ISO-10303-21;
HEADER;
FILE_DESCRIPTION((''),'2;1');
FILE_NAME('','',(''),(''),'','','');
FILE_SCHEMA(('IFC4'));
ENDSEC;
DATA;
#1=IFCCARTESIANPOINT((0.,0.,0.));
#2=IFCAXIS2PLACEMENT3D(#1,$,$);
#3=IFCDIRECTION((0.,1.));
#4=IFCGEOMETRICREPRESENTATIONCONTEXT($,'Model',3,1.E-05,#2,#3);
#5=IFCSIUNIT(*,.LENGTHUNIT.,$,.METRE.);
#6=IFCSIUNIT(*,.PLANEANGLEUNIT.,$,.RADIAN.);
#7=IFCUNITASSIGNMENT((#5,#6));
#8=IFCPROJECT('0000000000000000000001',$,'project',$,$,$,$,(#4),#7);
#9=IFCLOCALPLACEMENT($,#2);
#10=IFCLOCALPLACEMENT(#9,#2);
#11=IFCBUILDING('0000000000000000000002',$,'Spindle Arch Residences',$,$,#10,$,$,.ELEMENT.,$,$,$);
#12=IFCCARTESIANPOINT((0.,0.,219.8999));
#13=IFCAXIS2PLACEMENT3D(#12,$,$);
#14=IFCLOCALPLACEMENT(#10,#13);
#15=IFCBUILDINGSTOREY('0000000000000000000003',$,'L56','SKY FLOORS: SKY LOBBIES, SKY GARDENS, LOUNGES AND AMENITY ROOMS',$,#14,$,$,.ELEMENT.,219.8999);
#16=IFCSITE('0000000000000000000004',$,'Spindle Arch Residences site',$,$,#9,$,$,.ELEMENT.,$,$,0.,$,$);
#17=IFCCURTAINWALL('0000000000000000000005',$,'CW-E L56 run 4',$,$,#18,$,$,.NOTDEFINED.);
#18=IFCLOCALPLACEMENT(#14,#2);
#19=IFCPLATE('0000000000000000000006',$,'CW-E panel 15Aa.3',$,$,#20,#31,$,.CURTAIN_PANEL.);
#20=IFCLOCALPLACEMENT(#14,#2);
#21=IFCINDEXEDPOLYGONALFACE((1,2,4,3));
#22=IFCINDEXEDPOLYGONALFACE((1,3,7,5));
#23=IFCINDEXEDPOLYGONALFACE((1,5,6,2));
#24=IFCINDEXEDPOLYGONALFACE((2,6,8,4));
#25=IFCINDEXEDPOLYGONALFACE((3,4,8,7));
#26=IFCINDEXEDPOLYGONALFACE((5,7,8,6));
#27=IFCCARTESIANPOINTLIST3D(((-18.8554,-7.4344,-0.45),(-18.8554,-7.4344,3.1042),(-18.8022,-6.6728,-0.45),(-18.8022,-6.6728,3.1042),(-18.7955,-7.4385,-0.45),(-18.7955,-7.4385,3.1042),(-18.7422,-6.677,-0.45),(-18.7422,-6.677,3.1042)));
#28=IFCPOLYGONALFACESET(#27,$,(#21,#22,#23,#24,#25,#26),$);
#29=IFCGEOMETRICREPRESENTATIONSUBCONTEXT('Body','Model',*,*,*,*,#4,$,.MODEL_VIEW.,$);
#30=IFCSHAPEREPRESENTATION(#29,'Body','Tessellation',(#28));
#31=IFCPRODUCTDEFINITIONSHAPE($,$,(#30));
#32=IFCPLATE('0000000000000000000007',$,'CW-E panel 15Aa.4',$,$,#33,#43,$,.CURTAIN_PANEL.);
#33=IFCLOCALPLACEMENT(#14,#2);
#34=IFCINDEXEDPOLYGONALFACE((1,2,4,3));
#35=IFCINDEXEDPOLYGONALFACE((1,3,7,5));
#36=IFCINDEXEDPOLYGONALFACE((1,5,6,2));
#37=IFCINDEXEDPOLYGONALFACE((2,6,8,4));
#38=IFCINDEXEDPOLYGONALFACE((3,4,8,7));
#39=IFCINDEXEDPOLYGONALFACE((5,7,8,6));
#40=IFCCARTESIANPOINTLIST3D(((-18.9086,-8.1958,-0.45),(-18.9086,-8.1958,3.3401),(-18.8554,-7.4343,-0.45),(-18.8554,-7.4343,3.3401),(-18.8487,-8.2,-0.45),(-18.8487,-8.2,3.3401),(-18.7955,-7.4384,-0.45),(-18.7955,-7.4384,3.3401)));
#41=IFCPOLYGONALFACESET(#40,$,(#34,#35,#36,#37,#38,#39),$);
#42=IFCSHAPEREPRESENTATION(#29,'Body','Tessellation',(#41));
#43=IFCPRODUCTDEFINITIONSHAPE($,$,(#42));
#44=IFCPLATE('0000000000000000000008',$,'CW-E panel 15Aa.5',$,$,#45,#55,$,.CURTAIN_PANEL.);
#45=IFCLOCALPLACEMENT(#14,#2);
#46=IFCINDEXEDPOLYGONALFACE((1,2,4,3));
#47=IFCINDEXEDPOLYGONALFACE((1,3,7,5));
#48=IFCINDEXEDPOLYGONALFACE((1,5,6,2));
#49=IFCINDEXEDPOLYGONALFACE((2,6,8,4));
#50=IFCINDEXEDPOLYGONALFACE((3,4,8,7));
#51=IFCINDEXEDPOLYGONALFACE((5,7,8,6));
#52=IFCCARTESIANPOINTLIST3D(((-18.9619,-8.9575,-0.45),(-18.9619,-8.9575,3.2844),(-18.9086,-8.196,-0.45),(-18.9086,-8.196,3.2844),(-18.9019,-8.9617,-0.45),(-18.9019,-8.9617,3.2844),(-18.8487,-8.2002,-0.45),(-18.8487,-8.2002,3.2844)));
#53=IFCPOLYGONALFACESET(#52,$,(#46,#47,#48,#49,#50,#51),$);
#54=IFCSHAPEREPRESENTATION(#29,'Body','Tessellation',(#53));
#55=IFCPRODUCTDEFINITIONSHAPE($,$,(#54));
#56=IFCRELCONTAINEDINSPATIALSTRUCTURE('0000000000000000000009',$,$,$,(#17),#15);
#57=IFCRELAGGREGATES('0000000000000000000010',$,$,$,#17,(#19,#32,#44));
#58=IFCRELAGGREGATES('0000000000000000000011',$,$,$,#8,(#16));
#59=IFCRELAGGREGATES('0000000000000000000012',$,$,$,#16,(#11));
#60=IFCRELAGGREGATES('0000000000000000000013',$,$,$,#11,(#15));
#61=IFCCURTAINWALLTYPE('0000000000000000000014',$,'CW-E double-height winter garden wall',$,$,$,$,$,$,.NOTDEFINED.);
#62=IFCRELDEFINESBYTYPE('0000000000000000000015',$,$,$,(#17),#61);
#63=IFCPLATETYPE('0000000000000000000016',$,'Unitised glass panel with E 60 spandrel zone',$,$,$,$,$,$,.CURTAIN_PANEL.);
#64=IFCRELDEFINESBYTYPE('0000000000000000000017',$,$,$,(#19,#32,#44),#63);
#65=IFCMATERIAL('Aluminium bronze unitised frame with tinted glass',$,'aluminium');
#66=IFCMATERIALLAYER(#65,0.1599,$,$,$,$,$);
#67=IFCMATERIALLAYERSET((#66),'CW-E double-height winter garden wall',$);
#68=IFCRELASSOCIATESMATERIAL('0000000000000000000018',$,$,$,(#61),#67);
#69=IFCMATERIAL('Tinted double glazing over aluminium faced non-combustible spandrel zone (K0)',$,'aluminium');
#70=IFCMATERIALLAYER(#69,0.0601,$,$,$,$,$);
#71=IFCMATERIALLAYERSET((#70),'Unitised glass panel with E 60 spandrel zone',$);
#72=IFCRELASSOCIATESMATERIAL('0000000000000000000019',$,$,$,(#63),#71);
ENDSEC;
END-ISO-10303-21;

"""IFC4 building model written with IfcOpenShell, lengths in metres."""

from ifc_helpers import new_model, si_unit, direction, frame, origin, origin_2d, place, context, subcontext, project, spatial, rectangle, extrude, material, layer, layer_set, type_object, element, aggregate, save


model = new_model("IFC4")

# Units and contexts
model_context = context("Model", 3, precision=1e-05, world=origin(), true_north=direction((0.0, 1.0)))
body_context = subcontext(model_context, "Body", "Model", "MODEL_VIEW")
ifc_project = project(units=[si_unit("LENGTHUNIT", "METRE"), si_unit("PLANEANGLEUNIT", "RADIAN")], contexts=[model_context])

# Site, building, storey
site_placement = place(None, origin())
site = spatial("IfcSite", under=ifc_project, at=site_placement, Name="Spindle Arch Residences site", CompositionType="ELEMENT", RefElevation=0.0)
building_placement = place(site_placement, origin())
building = spatial("IfcBuilding", under=site, at=building_placement, Name="Spindle Arch Residences", CompositionType="ELEMENT")
storey_placement = place(building_placement, frame((0.0, 0.0, 219.8999)))
storey = spatial("IfcBuildingStorey", under=building, at=storey_placement, Name="L56", Description="SKY FLOORS: SKY LOBBIES, SKY GARDENS, LOUNGES AND AMENITY ROOMS", CompositionType="ELEMENT", Elevation=219.8999)

# Curtain wall, plates
ifc_material_1 = material(Name="Aluminium bronze unitised frame with tinted glass", Category="aluminium")
ifc_layer_1 = layer(ifc_material_1, 0.1599)
ifc_layer_set_1 = layer_set([ifc_layer_1], Name="CW-E double-height winter garden wall")
curtain_wall_type = type_object("IfcCurtainWallType", Name="CW-E double-height winter garden wall", PredefinedType="NOTDEFINED", material=ifc_layer_set_1)
curtain_wall_placement = place(storey_placement, origin())
curtain_wall = element("IfcCurtainWall", 1, at=curtain_wall_placement, inside=storey, type_object=curtain_wall_type, Name="CW-E L56 run 4", PredefinedType="NOTDEFINED")
ifc_material_2 = material(Name="Tinted double glazing over aluminium faced non-combustible spandrel zone (K0)", Category="aluminium")
ifc_layer_2 = layer(ifc_material_2, 0.0601)
ifc_layer_set_2 = layer_set([ifc_layer_2], Name="Unitised glass panel with E 60 spandrel zone")
plate_type_1 = type_object("IfcPlateType", Name="Unitised glass panel with E 60 spandrel zone", PredefinedType="CURTAIN_PANEL", material=ifc_layer_set_2)
plate_1_placement = place(storey_placement, frame((-18.7988, -7.0557, -0.45), z_axis=(0.0, 0.0, 1.0), x_axis=(-0.069756, -0.997564, 0.0)))
plate_1 = element("IfcPlate", 2, at=plate_1_placement, type_object=plate_type_1, Name="CW-E panel 15Aa.3", PredefinedType="CURTAIN_PANEL", context=body_context, shape_type="SweptSolid", body=[
    extrude(rectangle(XDim=0.7634, YDim=0.0601, at=origin_2d()), origin(), (0.0, 0.0, 1.0), 3.5542),
])
plate_2_placement = place(storey_placement, frame((-18.8521, -7.8171, -0.45), z_axis=(0.0, 0.0, 1.0), x_axis=(-0.069756, -0.997564, 0.0)))
plate_2 = element("IfcPlate", 3, at=plate_2_placement, type_object=plate_type_1, Name="CW-E panel 15Aa.4", PredefinedType="CURTAIN_PANEL", context=body_context, shape_type="SweptSolid", body=[
    extrude(rectangle(XDim=0.7634, YDim=0.0601, at=origin_2d()), origin(), (0.0, 0.0, 1.0), 3.79),
])
plate_3_placement = place(storey_placement, frame((-18.9053, -8.5789, -0.45), z_axis=(0.0, 0.0, 1.0), x_axis=(-0.069756, -0.997564, 0.0)))
plate_3 = element("IfcPlate", 4, at=plate_3_placement, type_object=plate_type_1, Name="CW-E panel 15Aa.5", PredefinedType="CURTAIN_PANEL", context=body_context, shape_type="SweptSolid", body=[
    extrude(rectangle(XDim=0.7634, YDim=0.0601, at=origin_2d()), origin(), (0.0, 0.0, 1.0), 3.7344),
])
aggregate(curtain_wall, [plate_1, plate_2, plate_3])

save(model, "model.ifc")
